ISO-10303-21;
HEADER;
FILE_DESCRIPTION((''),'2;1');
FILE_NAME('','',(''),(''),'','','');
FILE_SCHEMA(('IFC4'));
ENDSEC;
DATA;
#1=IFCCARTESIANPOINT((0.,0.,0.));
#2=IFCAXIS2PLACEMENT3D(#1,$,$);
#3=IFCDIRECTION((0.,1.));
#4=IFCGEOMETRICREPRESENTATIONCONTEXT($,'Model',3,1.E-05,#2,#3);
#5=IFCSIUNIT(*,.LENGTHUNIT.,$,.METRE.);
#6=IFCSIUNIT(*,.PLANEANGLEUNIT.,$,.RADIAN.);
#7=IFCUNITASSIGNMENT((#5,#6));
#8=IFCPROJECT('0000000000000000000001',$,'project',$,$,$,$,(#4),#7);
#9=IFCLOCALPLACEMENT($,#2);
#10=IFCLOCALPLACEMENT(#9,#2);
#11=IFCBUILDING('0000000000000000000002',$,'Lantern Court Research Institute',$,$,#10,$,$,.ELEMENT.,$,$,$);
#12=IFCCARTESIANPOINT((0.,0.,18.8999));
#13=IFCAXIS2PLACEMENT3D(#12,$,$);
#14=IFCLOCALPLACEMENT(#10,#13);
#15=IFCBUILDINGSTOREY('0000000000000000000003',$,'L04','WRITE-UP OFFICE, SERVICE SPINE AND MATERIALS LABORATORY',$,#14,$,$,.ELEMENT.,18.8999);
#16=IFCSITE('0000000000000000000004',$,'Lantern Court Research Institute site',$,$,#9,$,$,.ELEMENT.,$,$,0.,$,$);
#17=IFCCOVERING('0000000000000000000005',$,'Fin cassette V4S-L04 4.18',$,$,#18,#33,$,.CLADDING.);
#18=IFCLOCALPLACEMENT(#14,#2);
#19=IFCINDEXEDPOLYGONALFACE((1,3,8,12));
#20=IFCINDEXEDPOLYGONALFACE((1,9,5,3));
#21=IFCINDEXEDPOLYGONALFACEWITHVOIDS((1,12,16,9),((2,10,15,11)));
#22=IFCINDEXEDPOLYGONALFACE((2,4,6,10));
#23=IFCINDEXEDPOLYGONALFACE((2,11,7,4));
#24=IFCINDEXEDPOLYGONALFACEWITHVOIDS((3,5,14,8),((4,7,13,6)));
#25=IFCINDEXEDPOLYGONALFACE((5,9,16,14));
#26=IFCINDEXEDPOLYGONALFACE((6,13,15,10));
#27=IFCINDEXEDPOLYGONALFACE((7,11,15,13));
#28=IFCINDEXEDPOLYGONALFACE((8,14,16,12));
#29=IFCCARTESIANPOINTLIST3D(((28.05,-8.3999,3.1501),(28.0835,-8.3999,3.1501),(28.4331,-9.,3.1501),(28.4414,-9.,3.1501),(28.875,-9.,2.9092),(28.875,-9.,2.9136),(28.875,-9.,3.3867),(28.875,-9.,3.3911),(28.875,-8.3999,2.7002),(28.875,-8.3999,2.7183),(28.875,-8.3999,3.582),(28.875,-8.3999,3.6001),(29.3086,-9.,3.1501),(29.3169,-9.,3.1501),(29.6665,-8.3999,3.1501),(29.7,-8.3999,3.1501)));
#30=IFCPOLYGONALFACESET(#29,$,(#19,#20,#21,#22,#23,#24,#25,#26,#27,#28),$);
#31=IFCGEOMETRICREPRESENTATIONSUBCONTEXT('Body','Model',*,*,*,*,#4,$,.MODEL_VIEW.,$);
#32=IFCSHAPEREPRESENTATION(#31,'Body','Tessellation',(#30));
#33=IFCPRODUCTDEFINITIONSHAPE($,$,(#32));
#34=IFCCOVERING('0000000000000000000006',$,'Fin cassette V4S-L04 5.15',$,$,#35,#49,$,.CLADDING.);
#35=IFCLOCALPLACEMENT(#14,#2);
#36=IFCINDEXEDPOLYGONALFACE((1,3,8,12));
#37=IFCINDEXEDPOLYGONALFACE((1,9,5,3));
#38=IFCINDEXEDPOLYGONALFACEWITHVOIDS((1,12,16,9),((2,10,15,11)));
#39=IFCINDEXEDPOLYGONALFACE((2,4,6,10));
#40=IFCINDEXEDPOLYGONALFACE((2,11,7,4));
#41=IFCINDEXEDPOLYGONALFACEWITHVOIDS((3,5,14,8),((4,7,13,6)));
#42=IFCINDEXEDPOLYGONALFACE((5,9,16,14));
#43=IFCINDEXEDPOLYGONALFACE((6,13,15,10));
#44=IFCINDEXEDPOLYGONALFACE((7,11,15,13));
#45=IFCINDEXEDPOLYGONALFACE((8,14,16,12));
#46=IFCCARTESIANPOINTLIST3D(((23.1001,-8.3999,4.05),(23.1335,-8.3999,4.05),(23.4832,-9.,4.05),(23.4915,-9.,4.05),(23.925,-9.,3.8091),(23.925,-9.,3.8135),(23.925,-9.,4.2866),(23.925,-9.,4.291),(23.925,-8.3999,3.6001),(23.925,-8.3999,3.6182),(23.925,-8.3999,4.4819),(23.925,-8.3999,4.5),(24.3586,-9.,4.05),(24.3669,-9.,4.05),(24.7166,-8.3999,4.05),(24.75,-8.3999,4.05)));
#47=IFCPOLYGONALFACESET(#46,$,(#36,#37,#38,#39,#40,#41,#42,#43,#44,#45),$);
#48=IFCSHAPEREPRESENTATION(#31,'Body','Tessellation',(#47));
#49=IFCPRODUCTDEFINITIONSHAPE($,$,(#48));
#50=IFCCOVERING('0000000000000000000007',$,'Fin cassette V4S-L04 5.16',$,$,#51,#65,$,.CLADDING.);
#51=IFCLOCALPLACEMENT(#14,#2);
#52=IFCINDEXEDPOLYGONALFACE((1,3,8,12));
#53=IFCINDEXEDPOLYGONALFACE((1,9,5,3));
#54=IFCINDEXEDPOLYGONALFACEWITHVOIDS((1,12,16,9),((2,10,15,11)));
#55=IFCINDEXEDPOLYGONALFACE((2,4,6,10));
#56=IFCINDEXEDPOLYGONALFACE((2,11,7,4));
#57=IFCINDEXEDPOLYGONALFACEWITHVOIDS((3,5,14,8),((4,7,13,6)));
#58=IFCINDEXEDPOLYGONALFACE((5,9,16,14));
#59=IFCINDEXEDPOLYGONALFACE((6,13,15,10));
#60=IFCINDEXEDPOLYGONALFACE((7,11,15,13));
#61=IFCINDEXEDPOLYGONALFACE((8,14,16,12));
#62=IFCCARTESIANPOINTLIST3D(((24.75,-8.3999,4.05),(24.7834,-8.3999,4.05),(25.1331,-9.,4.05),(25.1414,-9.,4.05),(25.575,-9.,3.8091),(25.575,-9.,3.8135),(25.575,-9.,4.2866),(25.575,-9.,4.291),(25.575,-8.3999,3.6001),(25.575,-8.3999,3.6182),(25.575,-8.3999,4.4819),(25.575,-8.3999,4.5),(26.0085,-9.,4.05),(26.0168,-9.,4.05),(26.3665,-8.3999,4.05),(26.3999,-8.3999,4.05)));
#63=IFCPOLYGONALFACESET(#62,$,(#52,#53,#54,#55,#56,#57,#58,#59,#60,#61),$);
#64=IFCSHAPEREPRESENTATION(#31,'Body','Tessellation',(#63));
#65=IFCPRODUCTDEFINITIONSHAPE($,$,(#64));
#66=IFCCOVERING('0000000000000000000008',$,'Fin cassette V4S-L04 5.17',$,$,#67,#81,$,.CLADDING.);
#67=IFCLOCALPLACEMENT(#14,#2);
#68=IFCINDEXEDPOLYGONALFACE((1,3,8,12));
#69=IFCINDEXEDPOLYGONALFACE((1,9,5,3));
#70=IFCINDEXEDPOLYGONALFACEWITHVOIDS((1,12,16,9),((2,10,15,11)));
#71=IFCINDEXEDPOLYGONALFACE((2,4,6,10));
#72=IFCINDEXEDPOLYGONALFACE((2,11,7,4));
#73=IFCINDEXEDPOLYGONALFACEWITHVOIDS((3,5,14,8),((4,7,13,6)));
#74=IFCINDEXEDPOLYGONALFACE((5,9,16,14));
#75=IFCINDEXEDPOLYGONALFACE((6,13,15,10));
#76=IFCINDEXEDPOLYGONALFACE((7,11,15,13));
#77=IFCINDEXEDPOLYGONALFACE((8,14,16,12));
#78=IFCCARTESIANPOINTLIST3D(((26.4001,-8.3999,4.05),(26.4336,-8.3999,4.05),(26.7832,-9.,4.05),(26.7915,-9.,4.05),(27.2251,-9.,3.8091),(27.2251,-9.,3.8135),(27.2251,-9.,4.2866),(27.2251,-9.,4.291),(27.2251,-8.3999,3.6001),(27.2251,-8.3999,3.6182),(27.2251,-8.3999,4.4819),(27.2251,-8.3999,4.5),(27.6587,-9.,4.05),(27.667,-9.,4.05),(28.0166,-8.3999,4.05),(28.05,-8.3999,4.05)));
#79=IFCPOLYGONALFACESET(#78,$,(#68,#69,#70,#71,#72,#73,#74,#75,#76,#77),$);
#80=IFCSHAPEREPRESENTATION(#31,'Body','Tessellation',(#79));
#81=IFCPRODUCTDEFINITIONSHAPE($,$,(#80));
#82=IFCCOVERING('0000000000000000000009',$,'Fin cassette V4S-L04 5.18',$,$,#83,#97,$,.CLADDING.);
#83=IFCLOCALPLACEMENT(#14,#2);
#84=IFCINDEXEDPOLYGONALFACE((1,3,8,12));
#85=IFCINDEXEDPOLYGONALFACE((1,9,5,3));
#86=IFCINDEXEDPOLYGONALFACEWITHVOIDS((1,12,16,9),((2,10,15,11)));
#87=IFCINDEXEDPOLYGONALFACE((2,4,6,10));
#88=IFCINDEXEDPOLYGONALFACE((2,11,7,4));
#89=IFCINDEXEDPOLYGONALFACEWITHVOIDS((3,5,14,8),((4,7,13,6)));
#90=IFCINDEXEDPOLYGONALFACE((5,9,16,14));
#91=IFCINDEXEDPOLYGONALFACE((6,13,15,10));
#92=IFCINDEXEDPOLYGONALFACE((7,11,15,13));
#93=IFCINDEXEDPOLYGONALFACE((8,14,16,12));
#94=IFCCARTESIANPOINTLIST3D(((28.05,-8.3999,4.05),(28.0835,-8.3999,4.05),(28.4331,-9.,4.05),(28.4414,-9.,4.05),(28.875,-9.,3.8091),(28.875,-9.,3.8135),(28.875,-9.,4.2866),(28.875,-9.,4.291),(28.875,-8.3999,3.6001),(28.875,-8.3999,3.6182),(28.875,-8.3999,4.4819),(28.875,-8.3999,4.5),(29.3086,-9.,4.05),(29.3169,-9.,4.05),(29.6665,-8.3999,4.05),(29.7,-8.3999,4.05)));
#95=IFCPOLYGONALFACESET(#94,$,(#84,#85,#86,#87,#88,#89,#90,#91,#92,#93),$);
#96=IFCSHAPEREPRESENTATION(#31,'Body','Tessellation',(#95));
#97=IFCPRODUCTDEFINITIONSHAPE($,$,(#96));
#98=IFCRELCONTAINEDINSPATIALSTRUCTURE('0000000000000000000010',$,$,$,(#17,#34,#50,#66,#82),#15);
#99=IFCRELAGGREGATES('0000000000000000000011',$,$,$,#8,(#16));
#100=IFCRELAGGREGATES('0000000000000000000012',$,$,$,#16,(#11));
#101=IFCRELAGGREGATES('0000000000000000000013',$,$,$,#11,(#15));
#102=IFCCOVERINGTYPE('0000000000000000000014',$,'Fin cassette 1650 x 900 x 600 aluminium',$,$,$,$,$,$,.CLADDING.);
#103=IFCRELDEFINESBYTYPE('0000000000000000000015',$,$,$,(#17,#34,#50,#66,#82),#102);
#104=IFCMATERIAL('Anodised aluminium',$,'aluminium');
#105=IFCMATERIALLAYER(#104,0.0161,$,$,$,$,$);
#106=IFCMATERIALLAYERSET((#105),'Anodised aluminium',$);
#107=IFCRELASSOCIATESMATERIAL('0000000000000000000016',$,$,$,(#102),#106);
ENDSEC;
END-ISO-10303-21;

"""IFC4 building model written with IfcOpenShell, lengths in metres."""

from ifc_helpers import new_model, entity, si_unit, direction, frame, origin, place, context, subcontext, project, spatial, material, layer, layer_set, type_object, element, save


model = new_model("IFC4")

# Units and contexts
model_context = context("Model", 3, precision=1e-05, world=origin(), true_north=direction((0.0, 1.0)))
body_context = subcontext(model_context, "Body", "Model", "MODEL_VIEW")
ifc_project = project(units=[si_unit("LENGTHUNIT", "METRE"), si_unit("PLANEANGLEUNIT", "RADIAN")], contexts=[model_context])

# Site, building, storey
site_placement = place(None, origin())
site = spatial("IfcSite", under=ifc_project, at=site_placement, Name="Lantern Court Research Institute site", CompositionType="ELEMENT", RefElevation=0.0)
building_placement = place(site_placement, origin())
building = spatial("IfcBuilding", under=site, at=building_placement, Name="Lantern Court Research Institute", CompositionType="ELEMENT")
storey_placement = place(building_placement, frame((0.0, 0.0, 18.8999)))
storey = spatial("IfcBuildingStorey", under=building, at=storey_placement, Name="L04", Description="WRITE-UP OFFICE, SERVICE SPINE AND MATERIALS LABORATORY", CompositionType="ELEMENT", Elevation=18.8999)

# Coverings
ifc_material_1 = material(Name="Anodised aluminium", Category="aluminium")
ifc_layer_1 = layer(ifc_material_1, 0.0161)
ifc_layer_set_1 = layer_set([ifc_layer_1], Name="Anodised aluminium")
covering_type = type_object("IfcCoveringType", Name="Fin cassette 1650 x 900 x 600 aluminium", PredefinedType="CLADDING", material=ifc_layer_set_1)
covering_1_placement = place(storey_placement, frame((28.875, -8.3999, 3.1501), z_axis=(0.0, -1.0, 0.0), x_axis=(1.0, 0.0, 0.0)))
cartesian_point_1 = entity("IfcCartesianPoint", [0.825, 0.0])
cartesian_point_2 = entity("IfcCartesianPoint", [0.7915, 0.0])
cartesian_point_3 = entity("IfcCartesianPoint", [0.4419, 0.0])
cartesian_point_4 = entity("IfcCartesianPoint", [0.4336, 0.0])
element("IfcCovering", 1, at=covering_1_placement, inside=storey, type_object=covering_type, Name="Fin cassette V4S-L04 4.18", PredefinedType="CLADDING", context=body_context, shape_type="SweptSolid", body=[
    entity("IfcExtrudedAreaSolidTapered", entity("IfcArbitraryProfileDefWithVoids", "AREA", None, entity("IfcPolyline", [cartesian_point_1, entity("IfcCartesianPoint", [0.0, 0.45]), entity("IfcCartesianPoint", [-0.825, 0.0]), entity("IfcCartesianPoint", [0.0, -0.45]), cartesian_point_1]), [entity("IfcPolyline", [cartesian_point_2, entity("IfcCartesianPoint", [0.0, 0.4319]), entity("IfcCartesianPoint", [-0.7915, 0.0]), entity("IfcCartesianPoint", [0.0, -0.4319]), cartesian_point_2])]), entity("IfcAxis2Placement3D", entity("IfcCartesianPoint", [0.0, 0.0, 0.0])), entity("IfcDirection", [0.0, 0.0, 1.0]), 0.6001, entity("IfcArbitraryProfileDefWithVoids", "AREA", None, entity("IfcPolyline", [cartesian_point_3, entity("IfcCartesianPoint", [0.0, 0.241]), entity("IfcCartesianPoint", [-0.4419, 0.0]), entity("IfcCartesianPoint", [0.0, -0.241]), cartesian_point_3]), [entity("IfcPolyline", [cartesian_point_4, entity("IfcCartesianPoint", [0.0, 0.2366]), entity("IfcCartesianPoint", [-0.4336, 0.0]), entity("IfcCartesianPoint", [0.0, -0.2366]), cartesian_point_4])])),
])
covering_2_placement = place(storey_placement, frame((23.925, -8.3999, 4.05), z_axis=(0.0, -1.0, 0.0), x_axis=(1.0, 0.0, 0.0)))
cartesian_point_5 = entity("IfcCartesianPoint", [0.825, 0.0])
cartesian_point_6 = entity("IfcCartesianPoint", [0.7915, 0.0])
cartesian_point_7 = entity("IfcCartesianPoint", [0.4419, 0.0])
cartesian_point_8 = entity("IfcCartesianPoint", [0.4336, 0.0])
element("IfcCovering", 2, at=covering_2_placement, inside=storey, type_object=covering_type, Name="Fin cassette V4S-L04 5.15", PredefinedType="CLADDING", context=body_context, shape_type="SweptSolid", body=[
    entity("IfcExtrudedAreaSolidTapered", entity("IfcArbitraryProfileDefWithVoids", "AREA", None, entity("IfcPolyline", [cartesian_point_5, entity("IfcCartesianPoint", [0.0, 0.45]), entity("IfcCartesianPoint", [-0.825, 0.0]), entity("IfcCartesianPoint", [0.0, -0.45]), cartesian_point_5]), [entity("IfcPolyline", [cartesian_point_6, entity("IfcCartesianPoint", [0.0, 0.4319]), entity("IfcCartesianPoint", [-0.7915, 0.0]), entity("IfcCartesianPoint", [0.0, -0.4319]), cartesian_point_6])]), entity("IfcAxis2Placement3D", entity("IfcCartesianPoint", [0.0, 0.0, 0.0])), entity("IfcDirection", [0.0, 0.0, 1.0]), 0.6001, entity("IfcArbitraryProfileDefWithVoids", "AREA", None, entity("IfcPolyline", [cartesian_point_7, entity("IfcCartesianPoint", [0.0, 0.241]), entity("IfcCartesianPoint", [-0.4419, 0.0]), entity("IfcCartesianPoint", [0.0, -0.241]), cartesian_point_7]), [entity("IfcPolyline", [cartesian_point_8, entity("IfcCartesianPoint", [0.0, 0.2366]), entity("IfcCartesianPoint", [-0.4336, 0.0]), entity("IfcCartesianPoint", [0.0, -0.2366]), cartesian_point_8])])),
])
covering_3_placement = place(storey_placement, frame((25.575, -8.3999, 4.05), z_axis=(0.0, -1.0, 0.0), x_axis=(1.0, 0.0, 0.0)))
cartesian_point_9 = entity("IfcCartesianPoint", [0.825, 0.0])
cartesian_point_10 = entity("IfcCartesianPoint", [0.7915, 0.0])
cartesian_point_11 = entity("IfcCartesianPoint", [0.4419, 0.0])
cartesian_point_12 = entity("IfcCartesianPoint", [0.4336, 0.0])
element("IfcCovering", 3, at=covering_3_placement, inside=storey, type_object=covering_type, Name="Fin cassette V4S-L04 5.16", PredefinedType="CLADDING", context=body_context, shape_type="SweptSolid", body=[
    entity("IfcExtrudedAreaSolidTapered", entity("IfcArbitraryProfileDefWithVoids", "AREA", None, entity("IfcPolyline", [cartesian_point_9, entity("IfcCartesianPoint", [0.0, 0.45]), entity("IfcCartesianPoint", [-0.825, 0.0]), entity("IfcCartesianPoint", [0.0, -0.45]), cartesian_point_9]), [entity("IfcPolyline", [cartesian_point_10, entity("IfcCartesianPoint", [0.0, 0.4319]), entity("IfcCartesianPoint", [-0.7915, 0.0]), entity("IfcCartesianPoint", [0.0, -0.4319]), cartesian_point_10])]), entity("IfcAxis2Placement3D", entity("IfcCartesianPoint", [0.0, 0.0, 0.0])), entity("IfcDirection", [0.0, 0.0, 1.0]), 0.6001, entity("IfcArbitraryProfileDefWithVoids", "AREA", None, entity("IfcPolyline", [cartesian_point_11, entity("IfcCartesianPoint", [0.0, 0.241]), entity("IfcCartesianPoint", [-0.4419, 0.0]), entity("IfcCartesianPoint", [0.0, -0.241]), cartesian_point_11]), [entity("IfcPolyline", [cartesian_point_12, entity("IfcCartesianPoint", [0.0, 0.2366]), entity("IfcCartesianPoint", [-0.4336, 0.0]), entity("IfcCartesianPoint", [0.0, -0.2366]), cartesian_point_12])])),
])
covering_4_placement = place(storey_placement, frame((27.2251, -8.3999, 4.05), z_axis=(0.0, -1.0, 0.0), x_axis=(1.0, 0.0, 0.0)))
cartesian_point_13 = entity("IfcCartesianPoint", [0.825, 0.0])
cartesian_point_14 = entity("IfcCartesianPoint", [0.7915, 0.0])
cartesian_point_15 = entity("IfcCartesianPoint", [0.4419, 0.0])
cartesian_point_16 = entity("IfcCartesianPoint", [0.4336, 0.0])
element("IfcCovering", 4, at=covering_4_placement, inside=storey, type_object=covering_type, Name="Fin cassette V4S-L04 5.17", PredefinedType="CLADDING", context=body_context, shape_type="SweptSolid", body=[
    entity("IfcExtrudedAreaSolidTapered", entity("IfcArbitraryProfileDefWithVoids", "AREA", None, entity("IfcPolyline", [cartesian_point_13, entity("IfcCartesianPoint", [0.0, 0.45]), entity("IfcCartesianPoint", [-0.825, 0.0]), entity("IfcCartesianPoint", [0.0, -0.45]), cartesian_point_13]), [entity("IfcPolyline", [cartesian_point_14, entity("IfcCartesianPoint", [0.0, 0.4319]), entity("IfcCartesianPoint", [-0.7915, 0.0]), entity("IfcCartesianPoint", [0.0, -0.4319]), cartesian_point_14])]), entity("IfcAxis2Placement3D", entity("IfcCartesianPoint", [0.0, 0.0, 0.0])), entity("IfcDirection", [0.0, 0.0, 1.0]), 0.6001, entity("IfcArbitraryProfileDefWithVoids", "AREA", None, entity("IfcPolyline", [cartesian_point_15, entity("IfcCartesianPoint", [0.0, 0.241]), entity("IfcCartesianPoint", [-0.4419, 0.0]), entity("IfcCartesianPoint", [0.0, -0.241]), cartesian_point_15]), [entity("IfcPolyline", [cartesian_point_16, entity("IfcCartesianPoint", [0.0, 0.2366]), entity("IfcCartesianPoint", [-0.4336, 0.0]), entity("IfcCartesianPoint", [0.0, -0.2366]), cartesian_point_16])])),
])
covering_5_placement = place(storey_placement, frame((28.875, -8.3999, 4.05), z_axis=(0.0, -1.0, 0.0), x_axis=(1.0, 0.0, 0.0)))
cartesian_point_17 = entity("IfcCartesianPoint", [0.825, 0.0])
cartesian_point_18 = entity("IfcCartesianPoint", [0.7915, 0.0])
cartesian_point_19 = entity("IfcCartesianPoint", [0.4419, 0.0])
cartesian_point_20 = entity("IfcCartesianPoint", [0.4336, 0.0])
element("IfcCovering", 5, at=covering_5_placement, inside=storey, type_object=covering_type, Name="Fin cassette V4S-L04 5.18", PredefinedType="CLADDING", context=body_context, shape_type="SweptSolid", body=[
    entity("IfcExtrudedAreaSolidTapered", entity("IfcArbitraryProfileDefWithVoids", "AREA", None, entity("IfcPolyline", [cartesian_point_17, entity("IfcCartesianPoint", [0.0, 0.45]), entity("IfcCartesianPoint", [-0.825, 0.0]), entity("IfcCartesianPoint", [0.0, -0.45]), cartesian_point_17]), [entity("IfcPolyline", [cartesian_point_18, entity("IfcCartesianPoint", [0.0, 0.4319]), entity("IfcCartesianPoint", [-0.7915, 0.0]), entity("IfcCartesianPoint", [0.0, -0.4319]), cartesian_point_18])]), entity("IfcAxis2Placement3D", entity("IfcCartesianPoint", [0.0, 0.0, 0.0])), entity("IfcDirection", [0.0, 0.0, 1.0]), 0.6001, entity("IfcArbitraryProfileDefWithVoids", "AREA", None, entity("IfcPolyline", [cartesian_point_19, entity("IfcCartesianPoint", [0.0, 0.241]), entity("IfcCartesianPoint", [-0.4419, 0.0]), entity("IfcCartesianPoint", [0.0, -0.241]), cartesian_point_19]), [entity("IfcPolyline", [cartesian_point_20, entity("IfcCartesianPoint", [0.0, 0.2366]), entity("IfcCartesianPoint", [-0.4336, 0.0]), entity("IfcCartesianPoint", [0.0, -0.2366]), cartesian_point_20])])),
])

save(model, "model.ifc")
